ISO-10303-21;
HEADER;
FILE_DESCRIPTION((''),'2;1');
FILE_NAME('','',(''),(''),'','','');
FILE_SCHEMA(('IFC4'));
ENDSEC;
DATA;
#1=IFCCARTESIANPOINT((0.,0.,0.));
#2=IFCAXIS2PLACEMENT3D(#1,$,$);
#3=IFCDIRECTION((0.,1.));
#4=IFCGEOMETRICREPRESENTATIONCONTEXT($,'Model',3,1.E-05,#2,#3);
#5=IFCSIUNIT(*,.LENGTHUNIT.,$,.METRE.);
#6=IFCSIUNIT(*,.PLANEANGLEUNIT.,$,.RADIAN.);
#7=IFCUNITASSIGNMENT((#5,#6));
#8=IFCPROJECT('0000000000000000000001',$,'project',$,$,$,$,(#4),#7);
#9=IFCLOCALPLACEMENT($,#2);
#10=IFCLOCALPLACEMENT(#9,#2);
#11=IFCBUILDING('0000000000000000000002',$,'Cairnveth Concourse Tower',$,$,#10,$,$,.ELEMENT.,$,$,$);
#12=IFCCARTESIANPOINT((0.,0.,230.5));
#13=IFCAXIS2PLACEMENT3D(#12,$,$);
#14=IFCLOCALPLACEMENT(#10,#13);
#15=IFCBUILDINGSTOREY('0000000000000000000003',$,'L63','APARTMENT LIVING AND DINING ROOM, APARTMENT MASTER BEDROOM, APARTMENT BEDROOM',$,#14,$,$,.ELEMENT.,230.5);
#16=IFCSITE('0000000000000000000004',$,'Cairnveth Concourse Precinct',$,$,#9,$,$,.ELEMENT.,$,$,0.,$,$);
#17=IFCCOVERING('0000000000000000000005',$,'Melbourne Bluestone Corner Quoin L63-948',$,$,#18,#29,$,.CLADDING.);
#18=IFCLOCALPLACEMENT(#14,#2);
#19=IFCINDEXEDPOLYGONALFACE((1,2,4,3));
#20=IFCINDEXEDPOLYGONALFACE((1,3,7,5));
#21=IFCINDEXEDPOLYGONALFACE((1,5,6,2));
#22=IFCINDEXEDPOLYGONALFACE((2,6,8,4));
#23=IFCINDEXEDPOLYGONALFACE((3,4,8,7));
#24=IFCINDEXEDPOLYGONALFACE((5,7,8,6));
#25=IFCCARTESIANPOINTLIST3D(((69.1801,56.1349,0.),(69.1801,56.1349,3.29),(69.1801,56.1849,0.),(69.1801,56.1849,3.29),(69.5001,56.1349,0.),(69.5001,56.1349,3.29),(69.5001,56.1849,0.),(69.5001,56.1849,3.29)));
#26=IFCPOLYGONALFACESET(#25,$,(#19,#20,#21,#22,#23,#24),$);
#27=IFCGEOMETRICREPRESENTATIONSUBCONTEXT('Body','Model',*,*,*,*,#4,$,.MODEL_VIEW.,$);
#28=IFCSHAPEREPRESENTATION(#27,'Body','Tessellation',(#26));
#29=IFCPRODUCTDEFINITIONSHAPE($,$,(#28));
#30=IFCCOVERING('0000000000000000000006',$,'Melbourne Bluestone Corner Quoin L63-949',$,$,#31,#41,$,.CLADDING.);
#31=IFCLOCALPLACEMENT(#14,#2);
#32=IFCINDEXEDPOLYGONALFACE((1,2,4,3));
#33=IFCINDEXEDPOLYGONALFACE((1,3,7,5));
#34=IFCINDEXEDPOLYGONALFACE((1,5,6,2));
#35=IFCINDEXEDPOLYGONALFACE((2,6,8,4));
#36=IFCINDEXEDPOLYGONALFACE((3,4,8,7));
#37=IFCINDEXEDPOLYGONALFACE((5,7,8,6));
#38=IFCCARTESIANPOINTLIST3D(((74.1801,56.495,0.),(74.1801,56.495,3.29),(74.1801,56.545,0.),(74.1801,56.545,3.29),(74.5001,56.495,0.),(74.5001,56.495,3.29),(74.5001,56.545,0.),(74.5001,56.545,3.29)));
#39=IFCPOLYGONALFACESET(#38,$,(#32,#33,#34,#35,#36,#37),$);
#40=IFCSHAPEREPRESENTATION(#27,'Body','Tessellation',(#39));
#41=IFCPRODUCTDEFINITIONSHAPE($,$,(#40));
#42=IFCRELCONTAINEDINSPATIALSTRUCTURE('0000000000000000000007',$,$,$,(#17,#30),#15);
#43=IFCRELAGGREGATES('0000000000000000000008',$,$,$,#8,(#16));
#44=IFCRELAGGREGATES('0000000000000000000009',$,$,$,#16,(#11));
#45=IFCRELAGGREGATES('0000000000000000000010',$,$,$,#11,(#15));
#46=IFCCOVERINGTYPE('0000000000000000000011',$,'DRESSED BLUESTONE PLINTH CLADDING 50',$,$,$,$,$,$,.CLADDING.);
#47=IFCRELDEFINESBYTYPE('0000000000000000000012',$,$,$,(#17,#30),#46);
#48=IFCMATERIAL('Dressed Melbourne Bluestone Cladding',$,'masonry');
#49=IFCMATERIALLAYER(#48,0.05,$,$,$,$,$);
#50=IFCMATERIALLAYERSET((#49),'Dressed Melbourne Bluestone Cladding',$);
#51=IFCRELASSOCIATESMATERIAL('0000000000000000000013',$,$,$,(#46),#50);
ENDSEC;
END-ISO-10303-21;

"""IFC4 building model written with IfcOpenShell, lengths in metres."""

from ifc_helpers import new_model, si_unit, direction, frame, frame_2d, origin, place, context, subcontext, project, spatial, rectangle, extrude, material, layer, layer_set, type_object, element, save


model = new_model("IFC4")

# Units and contexts
model_context = context("Model", 3, precision=1e-05, world=origin(), true_north=direction((0.0, 1.0)))
body_context = subcontext(model_context, "Body", "Model", "MODEL_VIEW")
ifc_project = project(units=[si_unit("LENGTHUNIT", "METRE"), si_unit("PLANEANGLEUNIT", "RADIAN")], contexts=[model_context])

# Site, building, storey
site_placement = place(None, origin())
site = spatial("IfcSite", under=ifc_project, at=site_placement, Name="Cairnveth Concourse Precinct", CompositionType="ELEMENT", RefElevation=0.0)
building_placement = place(site_placement, origin())
building = spatial("IfcBuilding", under=site, at=building_placement, Name="Cairnveth Concourse Tower", CompositionType="ELEMENT")
storey_placement = place(building_placement, frame((0.0, 0.0, 230.5)))
storey = spatial("IfcBuildingStorey", under=building, at=storey_placement, Name="L63", Description="APARTMENT LIVING AND DINING ROOM, APARTMENT MASTER BEDROOM, APARTMENT BEDROOM", CompositionType="ELEMENT", Elevation=230.5)

# Coverings
ifc_material_1 = material(Name="Dressed Melbourne Bluestone Cladding", Category="masonry")
ifc_layer_1 = layer(ifc_material_1, 0.05)
ifc_layer_set_1 = layer_set([ifc_layer_1], Name="Dressed Melbourne Bluestone Cladding")
covering_type = type_object("IfcCoveringType", Name="DRESSED BLUESTONE PLINTH CLADDING 50", PredefinedType="CLADDING", material=ifc_layer_set_1)
for number, where, z_axis, x_axis, name in (
    (1, (69.1799, 56.1599, 0.0), (0.0, 0.0, 1.0), (1.0, 0.0, 0.0), "Melbourne Bluestone Corner Quoin L63-948"),
    (2, (74.1799, 56.52, 0.0), (0.0, 0.0, 1.0), (1.0, 0.0, 0.0), "Melbourne Bluestone Corner Quoin L63-949"),
):
    element("IfcCovering", number, at=place(storey_placement, frame(where, z_axis=z_axis, x_axis=x_axis)), inside=storey, type_object=covering_type, Name=name, PredefinedType="CLADDING", context=body_context, shape_type="SweptSolid", body=[
        extrude(rectangle(XDim=0.3201, YDim=0.05, at=frame_2d((0.1602, 0.0))), origin(), (0.0, 0.0, 1.0), 3.29),
    ])

save(model, "model.ifc")
